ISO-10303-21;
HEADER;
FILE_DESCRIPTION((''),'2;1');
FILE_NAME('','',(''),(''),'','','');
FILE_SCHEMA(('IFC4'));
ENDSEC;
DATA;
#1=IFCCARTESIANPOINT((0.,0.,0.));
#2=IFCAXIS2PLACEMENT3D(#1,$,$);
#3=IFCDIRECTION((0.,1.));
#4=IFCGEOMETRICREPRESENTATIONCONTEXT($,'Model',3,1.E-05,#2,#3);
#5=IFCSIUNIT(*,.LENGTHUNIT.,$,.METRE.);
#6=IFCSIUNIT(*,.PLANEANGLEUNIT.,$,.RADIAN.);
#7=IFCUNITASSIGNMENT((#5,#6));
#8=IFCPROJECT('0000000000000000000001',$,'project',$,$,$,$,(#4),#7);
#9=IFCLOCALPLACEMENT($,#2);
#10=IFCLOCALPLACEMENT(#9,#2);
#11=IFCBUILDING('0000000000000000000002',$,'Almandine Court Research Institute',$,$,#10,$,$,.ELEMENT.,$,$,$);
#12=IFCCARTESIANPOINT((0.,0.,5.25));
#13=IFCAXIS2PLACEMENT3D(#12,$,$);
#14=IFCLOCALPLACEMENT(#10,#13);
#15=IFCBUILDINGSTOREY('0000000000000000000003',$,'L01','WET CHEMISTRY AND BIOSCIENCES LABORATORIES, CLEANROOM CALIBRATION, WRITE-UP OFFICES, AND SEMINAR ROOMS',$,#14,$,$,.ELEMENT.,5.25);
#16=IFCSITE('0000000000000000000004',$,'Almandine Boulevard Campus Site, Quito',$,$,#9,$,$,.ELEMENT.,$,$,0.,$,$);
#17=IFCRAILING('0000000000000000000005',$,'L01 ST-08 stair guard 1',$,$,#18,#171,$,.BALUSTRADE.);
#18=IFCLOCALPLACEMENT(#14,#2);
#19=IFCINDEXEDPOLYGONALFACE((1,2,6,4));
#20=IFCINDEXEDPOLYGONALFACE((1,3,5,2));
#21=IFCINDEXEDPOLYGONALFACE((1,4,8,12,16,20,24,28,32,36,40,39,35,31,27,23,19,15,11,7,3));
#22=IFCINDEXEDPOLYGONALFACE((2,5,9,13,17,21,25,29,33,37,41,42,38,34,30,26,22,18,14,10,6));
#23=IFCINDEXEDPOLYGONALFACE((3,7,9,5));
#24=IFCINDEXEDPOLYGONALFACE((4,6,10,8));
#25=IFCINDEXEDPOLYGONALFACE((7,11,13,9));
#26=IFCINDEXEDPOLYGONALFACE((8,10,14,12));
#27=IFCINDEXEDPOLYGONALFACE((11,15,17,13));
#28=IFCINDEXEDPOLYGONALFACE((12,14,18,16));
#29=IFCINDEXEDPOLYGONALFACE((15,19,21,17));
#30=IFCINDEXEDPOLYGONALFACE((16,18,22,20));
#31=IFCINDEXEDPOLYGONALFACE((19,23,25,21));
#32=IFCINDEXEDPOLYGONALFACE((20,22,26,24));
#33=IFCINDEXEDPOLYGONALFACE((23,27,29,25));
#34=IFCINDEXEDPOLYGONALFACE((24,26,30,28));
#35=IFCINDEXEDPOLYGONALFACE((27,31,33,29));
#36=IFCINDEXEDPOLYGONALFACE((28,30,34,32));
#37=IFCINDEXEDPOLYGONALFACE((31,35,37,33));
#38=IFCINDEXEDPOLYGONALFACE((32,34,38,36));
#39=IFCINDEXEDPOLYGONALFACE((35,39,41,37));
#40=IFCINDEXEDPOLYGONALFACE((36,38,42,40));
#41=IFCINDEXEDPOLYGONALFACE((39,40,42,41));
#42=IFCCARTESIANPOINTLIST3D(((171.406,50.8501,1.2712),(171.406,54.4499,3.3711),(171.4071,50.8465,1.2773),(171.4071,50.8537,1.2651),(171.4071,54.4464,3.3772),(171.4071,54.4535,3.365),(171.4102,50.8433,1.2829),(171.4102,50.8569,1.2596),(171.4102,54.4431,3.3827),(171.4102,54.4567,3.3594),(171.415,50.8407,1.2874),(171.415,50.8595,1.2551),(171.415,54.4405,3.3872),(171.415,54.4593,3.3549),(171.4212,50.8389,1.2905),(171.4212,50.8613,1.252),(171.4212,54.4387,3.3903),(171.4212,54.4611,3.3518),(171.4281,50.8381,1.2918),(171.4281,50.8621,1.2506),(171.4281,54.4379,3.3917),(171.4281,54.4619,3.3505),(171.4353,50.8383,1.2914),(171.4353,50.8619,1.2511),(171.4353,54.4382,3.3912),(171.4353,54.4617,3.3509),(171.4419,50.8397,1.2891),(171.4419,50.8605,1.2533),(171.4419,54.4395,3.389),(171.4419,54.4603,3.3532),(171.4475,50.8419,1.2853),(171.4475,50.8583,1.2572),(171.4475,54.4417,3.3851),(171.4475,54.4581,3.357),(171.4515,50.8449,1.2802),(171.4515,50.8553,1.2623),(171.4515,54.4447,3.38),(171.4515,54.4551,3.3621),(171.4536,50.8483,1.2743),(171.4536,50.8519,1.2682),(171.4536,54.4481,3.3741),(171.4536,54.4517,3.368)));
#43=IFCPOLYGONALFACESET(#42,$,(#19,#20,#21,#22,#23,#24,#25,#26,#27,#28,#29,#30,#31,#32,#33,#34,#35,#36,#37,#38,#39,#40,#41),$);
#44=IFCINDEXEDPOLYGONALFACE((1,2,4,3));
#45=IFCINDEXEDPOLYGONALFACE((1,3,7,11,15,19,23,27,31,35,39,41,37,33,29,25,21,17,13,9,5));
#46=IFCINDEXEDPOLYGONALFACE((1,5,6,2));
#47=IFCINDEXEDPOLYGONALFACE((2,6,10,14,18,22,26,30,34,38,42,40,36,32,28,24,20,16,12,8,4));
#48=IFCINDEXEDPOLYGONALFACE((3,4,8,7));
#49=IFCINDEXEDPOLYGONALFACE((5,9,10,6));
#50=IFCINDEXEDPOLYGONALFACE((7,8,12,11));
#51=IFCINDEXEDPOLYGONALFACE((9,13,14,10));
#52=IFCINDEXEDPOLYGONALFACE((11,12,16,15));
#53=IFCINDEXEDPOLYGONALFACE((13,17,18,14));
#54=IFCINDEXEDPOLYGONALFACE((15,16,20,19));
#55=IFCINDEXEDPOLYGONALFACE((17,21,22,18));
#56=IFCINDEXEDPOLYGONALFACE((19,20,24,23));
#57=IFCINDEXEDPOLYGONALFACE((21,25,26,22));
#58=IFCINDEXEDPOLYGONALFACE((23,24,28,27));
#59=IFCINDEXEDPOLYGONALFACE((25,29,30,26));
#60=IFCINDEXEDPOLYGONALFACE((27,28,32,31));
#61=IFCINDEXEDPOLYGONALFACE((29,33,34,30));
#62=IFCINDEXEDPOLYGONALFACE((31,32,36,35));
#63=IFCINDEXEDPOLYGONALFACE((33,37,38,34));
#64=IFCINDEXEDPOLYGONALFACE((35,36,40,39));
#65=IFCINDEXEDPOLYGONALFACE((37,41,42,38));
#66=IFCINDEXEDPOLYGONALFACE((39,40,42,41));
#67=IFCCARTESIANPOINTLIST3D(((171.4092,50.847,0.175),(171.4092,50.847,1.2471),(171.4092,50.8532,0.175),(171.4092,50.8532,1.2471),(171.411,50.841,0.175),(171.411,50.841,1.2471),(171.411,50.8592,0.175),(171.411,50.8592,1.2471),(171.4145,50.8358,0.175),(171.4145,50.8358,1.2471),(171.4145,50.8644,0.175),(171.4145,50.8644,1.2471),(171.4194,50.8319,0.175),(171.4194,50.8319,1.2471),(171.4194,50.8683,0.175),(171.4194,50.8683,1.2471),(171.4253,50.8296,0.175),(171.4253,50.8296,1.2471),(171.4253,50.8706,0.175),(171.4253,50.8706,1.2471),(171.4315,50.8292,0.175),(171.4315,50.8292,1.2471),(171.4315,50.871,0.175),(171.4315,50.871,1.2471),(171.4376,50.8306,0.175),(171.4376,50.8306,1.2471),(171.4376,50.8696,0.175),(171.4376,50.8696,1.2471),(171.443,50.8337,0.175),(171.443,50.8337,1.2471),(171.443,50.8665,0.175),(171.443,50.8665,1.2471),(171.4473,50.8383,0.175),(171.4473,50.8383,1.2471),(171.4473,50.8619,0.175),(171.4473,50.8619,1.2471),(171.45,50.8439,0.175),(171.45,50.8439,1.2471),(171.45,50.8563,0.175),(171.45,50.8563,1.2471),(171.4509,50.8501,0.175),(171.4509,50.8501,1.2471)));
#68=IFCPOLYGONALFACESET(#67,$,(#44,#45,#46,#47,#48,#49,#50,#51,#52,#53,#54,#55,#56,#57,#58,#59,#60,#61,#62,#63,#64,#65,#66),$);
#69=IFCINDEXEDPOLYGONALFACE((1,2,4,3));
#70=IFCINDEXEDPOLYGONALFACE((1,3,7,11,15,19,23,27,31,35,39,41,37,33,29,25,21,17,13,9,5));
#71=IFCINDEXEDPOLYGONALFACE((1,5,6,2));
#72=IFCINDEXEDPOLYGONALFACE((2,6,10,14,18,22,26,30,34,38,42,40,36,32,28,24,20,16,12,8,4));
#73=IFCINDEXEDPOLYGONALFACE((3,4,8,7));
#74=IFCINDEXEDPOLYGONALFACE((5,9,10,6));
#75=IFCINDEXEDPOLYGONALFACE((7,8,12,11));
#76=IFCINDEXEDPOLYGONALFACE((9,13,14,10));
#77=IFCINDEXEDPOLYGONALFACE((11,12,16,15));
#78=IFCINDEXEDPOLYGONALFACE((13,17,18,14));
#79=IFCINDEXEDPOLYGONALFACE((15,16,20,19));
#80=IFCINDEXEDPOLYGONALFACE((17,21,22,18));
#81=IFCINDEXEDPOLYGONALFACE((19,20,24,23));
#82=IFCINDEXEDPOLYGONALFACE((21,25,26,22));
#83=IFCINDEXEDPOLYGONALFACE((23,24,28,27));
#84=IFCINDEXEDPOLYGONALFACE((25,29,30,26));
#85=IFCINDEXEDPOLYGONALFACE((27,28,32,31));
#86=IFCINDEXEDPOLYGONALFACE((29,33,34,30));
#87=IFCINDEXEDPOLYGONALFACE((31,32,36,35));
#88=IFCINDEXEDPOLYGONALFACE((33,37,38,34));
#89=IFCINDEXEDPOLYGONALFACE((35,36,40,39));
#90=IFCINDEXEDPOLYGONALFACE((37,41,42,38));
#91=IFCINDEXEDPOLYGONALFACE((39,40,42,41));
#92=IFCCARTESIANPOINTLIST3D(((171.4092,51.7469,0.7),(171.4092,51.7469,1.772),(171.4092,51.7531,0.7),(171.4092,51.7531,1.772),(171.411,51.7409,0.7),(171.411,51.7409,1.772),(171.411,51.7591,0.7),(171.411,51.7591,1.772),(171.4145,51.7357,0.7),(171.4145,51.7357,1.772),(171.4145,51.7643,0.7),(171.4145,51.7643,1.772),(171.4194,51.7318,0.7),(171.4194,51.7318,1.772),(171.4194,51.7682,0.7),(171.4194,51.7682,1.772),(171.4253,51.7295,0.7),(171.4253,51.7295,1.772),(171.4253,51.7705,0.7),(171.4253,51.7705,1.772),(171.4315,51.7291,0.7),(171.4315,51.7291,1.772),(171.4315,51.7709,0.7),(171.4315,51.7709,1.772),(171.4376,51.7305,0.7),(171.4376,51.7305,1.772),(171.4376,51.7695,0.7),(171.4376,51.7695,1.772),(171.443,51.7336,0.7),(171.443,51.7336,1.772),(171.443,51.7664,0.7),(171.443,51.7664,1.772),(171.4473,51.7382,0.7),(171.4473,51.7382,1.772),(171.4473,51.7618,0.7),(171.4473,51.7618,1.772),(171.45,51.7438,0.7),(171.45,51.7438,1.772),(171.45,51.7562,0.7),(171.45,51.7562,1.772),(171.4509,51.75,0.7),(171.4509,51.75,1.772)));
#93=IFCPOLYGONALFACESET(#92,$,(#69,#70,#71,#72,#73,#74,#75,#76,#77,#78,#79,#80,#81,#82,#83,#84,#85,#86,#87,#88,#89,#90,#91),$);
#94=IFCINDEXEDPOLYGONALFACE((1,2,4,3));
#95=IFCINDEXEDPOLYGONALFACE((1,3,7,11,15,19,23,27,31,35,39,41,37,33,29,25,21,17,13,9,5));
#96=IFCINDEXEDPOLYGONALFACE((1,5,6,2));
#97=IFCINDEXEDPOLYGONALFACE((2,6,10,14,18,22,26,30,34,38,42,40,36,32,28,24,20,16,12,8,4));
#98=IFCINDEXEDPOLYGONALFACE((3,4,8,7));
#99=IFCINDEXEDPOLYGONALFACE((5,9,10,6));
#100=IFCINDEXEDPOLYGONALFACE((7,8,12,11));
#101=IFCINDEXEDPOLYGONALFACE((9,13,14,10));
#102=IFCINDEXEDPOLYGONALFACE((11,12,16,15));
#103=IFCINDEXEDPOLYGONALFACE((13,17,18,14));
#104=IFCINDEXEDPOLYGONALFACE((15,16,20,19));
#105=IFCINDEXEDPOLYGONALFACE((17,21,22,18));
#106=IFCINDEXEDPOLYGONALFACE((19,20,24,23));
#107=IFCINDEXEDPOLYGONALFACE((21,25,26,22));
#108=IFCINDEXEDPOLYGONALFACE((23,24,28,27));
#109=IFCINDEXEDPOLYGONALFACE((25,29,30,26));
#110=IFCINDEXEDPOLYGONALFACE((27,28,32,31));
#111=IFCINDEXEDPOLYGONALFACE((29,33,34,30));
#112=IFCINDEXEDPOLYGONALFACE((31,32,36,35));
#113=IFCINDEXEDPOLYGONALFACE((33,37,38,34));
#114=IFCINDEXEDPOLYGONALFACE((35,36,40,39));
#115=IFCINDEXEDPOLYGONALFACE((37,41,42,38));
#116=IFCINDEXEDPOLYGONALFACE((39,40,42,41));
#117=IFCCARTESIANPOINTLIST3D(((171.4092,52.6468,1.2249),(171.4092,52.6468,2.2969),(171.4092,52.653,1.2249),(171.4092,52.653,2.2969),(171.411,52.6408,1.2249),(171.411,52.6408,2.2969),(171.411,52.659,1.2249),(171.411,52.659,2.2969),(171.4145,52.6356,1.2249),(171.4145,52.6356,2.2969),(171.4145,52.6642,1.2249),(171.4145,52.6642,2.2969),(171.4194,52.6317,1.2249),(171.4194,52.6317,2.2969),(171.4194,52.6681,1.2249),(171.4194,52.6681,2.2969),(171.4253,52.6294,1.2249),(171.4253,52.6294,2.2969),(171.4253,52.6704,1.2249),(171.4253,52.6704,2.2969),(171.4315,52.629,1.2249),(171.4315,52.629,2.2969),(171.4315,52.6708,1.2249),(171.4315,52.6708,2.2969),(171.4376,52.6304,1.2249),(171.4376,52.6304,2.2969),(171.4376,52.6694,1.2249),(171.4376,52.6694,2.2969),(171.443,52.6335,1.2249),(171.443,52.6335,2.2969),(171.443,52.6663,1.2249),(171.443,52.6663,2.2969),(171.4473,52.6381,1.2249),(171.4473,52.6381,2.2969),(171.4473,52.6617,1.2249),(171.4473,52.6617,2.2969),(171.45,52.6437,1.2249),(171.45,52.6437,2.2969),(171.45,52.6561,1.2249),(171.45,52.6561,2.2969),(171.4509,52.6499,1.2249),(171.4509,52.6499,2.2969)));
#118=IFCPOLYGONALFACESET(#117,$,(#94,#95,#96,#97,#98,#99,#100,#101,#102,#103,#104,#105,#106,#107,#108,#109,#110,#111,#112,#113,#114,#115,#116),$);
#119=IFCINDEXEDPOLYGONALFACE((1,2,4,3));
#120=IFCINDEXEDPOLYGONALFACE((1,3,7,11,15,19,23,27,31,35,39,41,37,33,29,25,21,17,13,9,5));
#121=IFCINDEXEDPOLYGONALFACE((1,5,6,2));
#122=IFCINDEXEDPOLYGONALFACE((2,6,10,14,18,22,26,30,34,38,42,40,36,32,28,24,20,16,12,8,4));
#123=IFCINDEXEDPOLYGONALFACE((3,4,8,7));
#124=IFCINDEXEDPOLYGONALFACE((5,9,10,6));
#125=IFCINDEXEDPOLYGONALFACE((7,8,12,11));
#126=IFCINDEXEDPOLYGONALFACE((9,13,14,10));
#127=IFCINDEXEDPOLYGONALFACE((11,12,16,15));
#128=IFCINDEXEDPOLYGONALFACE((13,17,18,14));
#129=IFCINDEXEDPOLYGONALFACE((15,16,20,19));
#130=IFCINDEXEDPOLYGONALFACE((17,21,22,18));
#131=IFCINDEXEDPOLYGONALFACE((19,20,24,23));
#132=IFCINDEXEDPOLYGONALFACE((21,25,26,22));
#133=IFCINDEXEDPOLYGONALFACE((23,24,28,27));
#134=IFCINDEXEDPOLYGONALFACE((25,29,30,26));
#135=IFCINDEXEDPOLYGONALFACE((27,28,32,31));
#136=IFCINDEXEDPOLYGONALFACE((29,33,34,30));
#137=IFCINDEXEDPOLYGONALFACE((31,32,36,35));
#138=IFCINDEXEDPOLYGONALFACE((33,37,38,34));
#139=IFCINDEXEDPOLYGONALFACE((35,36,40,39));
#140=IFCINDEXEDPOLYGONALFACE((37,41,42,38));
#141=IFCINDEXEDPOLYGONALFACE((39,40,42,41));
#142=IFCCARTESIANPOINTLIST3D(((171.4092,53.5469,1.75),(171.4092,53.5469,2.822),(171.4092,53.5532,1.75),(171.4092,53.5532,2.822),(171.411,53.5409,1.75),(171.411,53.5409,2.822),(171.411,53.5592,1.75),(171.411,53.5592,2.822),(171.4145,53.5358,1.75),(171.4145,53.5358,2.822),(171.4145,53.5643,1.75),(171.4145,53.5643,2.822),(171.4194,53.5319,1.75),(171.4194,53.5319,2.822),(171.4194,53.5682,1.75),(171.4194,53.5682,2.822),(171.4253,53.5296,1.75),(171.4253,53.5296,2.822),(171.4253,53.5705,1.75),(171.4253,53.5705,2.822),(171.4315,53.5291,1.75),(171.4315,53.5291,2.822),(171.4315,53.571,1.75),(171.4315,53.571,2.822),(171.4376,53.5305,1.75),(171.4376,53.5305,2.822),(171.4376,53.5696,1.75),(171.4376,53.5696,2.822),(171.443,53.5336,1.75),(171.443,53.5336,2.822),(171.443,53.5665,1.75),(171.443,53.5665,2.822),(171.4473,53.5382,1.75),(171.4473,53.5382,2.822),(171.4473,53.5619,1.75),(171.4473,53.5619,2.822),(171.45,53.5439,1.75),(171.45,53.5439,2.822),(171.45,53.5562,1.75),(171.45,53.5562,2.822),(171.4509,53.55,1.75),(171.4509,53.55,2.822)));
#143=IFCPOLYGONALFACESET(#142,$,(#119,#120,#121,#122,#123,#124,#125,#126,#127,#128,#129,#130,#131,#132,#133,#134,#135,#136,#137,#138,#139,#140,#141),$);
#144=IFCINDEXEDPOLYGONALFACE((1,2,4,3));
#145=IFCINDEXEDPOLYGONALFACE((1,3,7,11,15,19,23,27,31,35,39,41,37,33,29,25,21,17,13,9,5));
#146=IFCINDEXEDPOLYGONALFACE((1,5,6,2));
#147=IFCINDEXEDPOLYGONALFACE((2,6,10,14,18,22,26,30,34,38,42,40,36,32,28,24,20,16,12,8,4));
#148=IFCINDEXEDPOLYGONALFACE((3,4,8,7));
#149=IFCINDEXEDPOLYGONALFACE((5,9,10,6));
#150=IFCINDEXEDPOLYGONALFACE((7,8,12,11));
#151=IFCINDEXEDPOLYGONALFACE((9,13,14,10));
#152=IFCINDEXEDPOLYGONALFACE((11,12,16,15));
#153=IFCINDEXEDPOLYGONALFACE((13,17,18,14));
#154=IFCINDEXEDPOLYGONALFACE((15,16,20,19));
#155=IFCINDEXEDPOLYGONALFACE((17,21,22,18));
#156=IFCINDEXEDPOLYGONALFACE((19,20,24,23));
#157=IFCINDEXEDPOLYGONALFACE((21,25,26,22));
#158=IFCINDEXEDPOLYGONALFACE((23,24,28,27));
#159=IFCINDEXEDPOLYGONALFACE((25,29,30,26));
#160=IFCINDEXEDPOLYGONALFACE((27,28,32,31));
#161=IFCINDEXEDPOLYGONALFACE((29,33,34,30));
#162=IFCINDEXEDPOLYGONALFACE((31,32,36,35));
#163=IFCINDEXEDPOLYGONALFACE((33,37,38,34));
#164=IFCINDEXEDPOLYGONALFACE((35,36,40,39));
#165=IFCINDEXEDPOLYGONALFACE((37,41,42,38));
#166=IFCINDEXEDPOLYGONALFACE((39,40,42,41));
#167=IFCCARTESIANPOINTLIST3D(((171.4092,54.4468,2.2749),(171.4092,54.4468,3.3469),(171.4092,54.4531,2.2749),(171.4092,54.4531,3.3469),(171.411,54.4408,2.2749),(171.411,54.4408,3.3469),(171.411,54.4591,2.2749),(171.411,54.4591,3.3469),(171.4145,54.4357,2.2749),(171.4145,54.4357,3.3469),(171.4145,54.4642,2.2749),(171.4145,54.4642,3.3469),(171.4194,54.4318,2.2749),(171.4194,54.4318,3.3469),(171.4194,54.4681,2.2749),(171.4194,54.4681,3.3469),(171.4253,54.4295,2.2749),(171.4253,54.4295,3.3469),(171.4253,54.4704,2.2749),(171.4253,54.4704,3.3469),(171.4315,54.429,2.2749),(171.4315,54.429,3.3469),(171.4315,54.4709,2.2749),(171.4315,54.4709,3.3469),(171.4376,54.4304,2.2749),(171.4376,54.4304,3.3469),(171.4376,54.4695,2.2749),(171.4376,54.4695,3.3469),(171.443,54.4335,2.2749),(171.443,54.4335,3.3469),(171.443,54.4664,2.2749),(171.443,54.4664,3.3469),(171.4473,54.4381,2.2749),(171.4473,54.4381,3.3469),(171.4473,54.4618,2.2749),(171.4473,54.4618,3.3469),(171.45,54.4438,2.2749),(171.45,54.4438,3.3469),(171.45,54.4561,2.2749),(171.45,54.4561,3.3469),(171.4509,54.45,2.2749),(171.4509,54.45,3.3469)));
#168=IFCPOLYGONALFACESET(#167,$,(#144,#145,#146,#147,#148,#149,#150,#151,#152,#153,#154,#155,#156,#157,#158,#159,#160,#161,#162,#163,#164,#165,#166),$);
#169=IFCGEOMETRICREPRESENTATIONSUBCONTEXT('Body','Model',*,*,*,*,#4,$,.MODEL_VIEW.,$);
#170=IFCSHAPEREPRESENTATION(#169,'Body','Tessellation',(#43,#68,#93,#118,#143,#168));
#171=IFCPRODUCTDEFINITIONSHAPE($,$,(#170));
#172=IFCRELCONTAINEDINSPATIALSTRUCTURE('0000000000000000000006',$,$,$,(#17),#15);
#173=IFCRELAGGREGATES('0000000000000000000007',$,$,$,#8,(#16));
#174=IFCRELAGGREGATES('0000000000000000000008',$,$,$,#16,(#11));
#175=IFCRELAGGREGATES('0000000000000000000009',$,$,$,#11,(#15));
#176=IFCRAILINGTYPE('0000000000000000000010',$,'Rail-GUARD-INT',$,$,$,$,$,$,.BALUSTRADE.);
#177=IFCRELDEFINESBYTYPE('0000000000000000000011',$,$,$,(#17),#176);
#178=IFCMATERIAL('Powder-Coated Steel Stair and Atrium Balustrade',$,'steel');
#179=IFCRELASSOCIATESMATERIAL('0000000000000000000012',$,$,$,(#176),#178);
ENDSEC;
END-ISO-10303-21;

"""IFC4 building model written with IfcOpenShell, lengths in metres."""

from ifc_helpers import new_model, si_unit, direction, frame, origin, origin_2d, place, context, subcontext, project, spatial, circle, extrude, material, type_object, element, save


model = new_model("IFC4")

# Units and contexts
model_context = context("Model", 3, precision=1e-05, world=origin(), true_north=direction((0.0, 1.0)))
body_context = subcontext(model_context, "Body", "Model", "MODEL_VIEW")
ifc_project = project(units=[si_unit("LENGTHUNIT", "METRE"), si_unit("PLANEANGLEUNIT", "RADIAN")], contexts=[model_context])

# Site, building, storey
site_placement = place(None, origin())
site = spatial("IfcSite", under=ifc_project, at=site_placement, Name="Almandine Boulevard Campus Site, Quito", CompositionType="ELEMENT", RefElevation=0.0)
building_placement = place(site_placement, origin())
building = spatial("IfcBuilding", under=site, at=building_placement, Name="Almandine Court Research Institute", CompositionType="ELEMENT")
storey_placement = place(building_placement, frame((0.0, 0.0, 5.25)))
storey = spatial("IfcBuildingStorey", under=building, at=storey_placement, Name="L01", Description="WET CHEMISTRY AND BIOSCIENCES LABORATORIES, CLEANROOM CALIBRATION, WRITE-UP OFFICES, AND SEMINAR ROOMS", CompositionType="ELEMENT", Elevation=5.25)

# Railing
ifc_material_1 = material(Name="Powder-Coated Steel Stair and Atrium Balustrade", Category="steel")
railing_type_1 = type_object("IfcRailingType", Name="Rail-GUARD-INT", PredefinedType="BALUSTRADE", material=ifc_material_1)
railing_1_placement = place(storey_placement, frame((171.4299, 50.8501, 0.175)))
element("IfcRailing", 1, at=railing_1_placement, inside=storey, type_object=railing_type_1, Name="L01 ST-08 stair guard 1", PredefinedType="BALUSTRADE", context=body_context, shape_type="SweptSolid", body=[
    extrude(circle(Radius=0.0239, at=origin_2d()), frame((0.0, 0.0, 1.0962), z_axis=(0.0, 0.863785, 0.50386), x_axis=(-1.0, 0.0, 0.0)), (0.0, 0.0, 1.0), 4.1675),
    extrude(circle(Radius=0.021, at=origin_2d()), origin(), (0.0, 0.0, 1.0), 1.072),
    extrude(circle(Radius=0.021, at=origin_2d()), frame((0.0, 0.8999, 0.5249)), (0.0, 0.0, 1.0), 1.072),
    extrude(circle(Radius=0.021, at=origin_2d()), frame((0.0, 1.7998, 1.0498)), (0.0, 0.0, 1.0), 1.072),
    extrude(circle(Radius=0.021, at=origin_2d()), frame((0.0, 2.7, 1.575)), (0.0, 0.0, 1.0), 1.072),
    extrude(circle(Radius=0.021, at=origin_2d()), frame((0.0, 3.5999, 2.0999)), (0.0, 0.0, 1.0), 1.072),
])

save(model, "model.ifc")
